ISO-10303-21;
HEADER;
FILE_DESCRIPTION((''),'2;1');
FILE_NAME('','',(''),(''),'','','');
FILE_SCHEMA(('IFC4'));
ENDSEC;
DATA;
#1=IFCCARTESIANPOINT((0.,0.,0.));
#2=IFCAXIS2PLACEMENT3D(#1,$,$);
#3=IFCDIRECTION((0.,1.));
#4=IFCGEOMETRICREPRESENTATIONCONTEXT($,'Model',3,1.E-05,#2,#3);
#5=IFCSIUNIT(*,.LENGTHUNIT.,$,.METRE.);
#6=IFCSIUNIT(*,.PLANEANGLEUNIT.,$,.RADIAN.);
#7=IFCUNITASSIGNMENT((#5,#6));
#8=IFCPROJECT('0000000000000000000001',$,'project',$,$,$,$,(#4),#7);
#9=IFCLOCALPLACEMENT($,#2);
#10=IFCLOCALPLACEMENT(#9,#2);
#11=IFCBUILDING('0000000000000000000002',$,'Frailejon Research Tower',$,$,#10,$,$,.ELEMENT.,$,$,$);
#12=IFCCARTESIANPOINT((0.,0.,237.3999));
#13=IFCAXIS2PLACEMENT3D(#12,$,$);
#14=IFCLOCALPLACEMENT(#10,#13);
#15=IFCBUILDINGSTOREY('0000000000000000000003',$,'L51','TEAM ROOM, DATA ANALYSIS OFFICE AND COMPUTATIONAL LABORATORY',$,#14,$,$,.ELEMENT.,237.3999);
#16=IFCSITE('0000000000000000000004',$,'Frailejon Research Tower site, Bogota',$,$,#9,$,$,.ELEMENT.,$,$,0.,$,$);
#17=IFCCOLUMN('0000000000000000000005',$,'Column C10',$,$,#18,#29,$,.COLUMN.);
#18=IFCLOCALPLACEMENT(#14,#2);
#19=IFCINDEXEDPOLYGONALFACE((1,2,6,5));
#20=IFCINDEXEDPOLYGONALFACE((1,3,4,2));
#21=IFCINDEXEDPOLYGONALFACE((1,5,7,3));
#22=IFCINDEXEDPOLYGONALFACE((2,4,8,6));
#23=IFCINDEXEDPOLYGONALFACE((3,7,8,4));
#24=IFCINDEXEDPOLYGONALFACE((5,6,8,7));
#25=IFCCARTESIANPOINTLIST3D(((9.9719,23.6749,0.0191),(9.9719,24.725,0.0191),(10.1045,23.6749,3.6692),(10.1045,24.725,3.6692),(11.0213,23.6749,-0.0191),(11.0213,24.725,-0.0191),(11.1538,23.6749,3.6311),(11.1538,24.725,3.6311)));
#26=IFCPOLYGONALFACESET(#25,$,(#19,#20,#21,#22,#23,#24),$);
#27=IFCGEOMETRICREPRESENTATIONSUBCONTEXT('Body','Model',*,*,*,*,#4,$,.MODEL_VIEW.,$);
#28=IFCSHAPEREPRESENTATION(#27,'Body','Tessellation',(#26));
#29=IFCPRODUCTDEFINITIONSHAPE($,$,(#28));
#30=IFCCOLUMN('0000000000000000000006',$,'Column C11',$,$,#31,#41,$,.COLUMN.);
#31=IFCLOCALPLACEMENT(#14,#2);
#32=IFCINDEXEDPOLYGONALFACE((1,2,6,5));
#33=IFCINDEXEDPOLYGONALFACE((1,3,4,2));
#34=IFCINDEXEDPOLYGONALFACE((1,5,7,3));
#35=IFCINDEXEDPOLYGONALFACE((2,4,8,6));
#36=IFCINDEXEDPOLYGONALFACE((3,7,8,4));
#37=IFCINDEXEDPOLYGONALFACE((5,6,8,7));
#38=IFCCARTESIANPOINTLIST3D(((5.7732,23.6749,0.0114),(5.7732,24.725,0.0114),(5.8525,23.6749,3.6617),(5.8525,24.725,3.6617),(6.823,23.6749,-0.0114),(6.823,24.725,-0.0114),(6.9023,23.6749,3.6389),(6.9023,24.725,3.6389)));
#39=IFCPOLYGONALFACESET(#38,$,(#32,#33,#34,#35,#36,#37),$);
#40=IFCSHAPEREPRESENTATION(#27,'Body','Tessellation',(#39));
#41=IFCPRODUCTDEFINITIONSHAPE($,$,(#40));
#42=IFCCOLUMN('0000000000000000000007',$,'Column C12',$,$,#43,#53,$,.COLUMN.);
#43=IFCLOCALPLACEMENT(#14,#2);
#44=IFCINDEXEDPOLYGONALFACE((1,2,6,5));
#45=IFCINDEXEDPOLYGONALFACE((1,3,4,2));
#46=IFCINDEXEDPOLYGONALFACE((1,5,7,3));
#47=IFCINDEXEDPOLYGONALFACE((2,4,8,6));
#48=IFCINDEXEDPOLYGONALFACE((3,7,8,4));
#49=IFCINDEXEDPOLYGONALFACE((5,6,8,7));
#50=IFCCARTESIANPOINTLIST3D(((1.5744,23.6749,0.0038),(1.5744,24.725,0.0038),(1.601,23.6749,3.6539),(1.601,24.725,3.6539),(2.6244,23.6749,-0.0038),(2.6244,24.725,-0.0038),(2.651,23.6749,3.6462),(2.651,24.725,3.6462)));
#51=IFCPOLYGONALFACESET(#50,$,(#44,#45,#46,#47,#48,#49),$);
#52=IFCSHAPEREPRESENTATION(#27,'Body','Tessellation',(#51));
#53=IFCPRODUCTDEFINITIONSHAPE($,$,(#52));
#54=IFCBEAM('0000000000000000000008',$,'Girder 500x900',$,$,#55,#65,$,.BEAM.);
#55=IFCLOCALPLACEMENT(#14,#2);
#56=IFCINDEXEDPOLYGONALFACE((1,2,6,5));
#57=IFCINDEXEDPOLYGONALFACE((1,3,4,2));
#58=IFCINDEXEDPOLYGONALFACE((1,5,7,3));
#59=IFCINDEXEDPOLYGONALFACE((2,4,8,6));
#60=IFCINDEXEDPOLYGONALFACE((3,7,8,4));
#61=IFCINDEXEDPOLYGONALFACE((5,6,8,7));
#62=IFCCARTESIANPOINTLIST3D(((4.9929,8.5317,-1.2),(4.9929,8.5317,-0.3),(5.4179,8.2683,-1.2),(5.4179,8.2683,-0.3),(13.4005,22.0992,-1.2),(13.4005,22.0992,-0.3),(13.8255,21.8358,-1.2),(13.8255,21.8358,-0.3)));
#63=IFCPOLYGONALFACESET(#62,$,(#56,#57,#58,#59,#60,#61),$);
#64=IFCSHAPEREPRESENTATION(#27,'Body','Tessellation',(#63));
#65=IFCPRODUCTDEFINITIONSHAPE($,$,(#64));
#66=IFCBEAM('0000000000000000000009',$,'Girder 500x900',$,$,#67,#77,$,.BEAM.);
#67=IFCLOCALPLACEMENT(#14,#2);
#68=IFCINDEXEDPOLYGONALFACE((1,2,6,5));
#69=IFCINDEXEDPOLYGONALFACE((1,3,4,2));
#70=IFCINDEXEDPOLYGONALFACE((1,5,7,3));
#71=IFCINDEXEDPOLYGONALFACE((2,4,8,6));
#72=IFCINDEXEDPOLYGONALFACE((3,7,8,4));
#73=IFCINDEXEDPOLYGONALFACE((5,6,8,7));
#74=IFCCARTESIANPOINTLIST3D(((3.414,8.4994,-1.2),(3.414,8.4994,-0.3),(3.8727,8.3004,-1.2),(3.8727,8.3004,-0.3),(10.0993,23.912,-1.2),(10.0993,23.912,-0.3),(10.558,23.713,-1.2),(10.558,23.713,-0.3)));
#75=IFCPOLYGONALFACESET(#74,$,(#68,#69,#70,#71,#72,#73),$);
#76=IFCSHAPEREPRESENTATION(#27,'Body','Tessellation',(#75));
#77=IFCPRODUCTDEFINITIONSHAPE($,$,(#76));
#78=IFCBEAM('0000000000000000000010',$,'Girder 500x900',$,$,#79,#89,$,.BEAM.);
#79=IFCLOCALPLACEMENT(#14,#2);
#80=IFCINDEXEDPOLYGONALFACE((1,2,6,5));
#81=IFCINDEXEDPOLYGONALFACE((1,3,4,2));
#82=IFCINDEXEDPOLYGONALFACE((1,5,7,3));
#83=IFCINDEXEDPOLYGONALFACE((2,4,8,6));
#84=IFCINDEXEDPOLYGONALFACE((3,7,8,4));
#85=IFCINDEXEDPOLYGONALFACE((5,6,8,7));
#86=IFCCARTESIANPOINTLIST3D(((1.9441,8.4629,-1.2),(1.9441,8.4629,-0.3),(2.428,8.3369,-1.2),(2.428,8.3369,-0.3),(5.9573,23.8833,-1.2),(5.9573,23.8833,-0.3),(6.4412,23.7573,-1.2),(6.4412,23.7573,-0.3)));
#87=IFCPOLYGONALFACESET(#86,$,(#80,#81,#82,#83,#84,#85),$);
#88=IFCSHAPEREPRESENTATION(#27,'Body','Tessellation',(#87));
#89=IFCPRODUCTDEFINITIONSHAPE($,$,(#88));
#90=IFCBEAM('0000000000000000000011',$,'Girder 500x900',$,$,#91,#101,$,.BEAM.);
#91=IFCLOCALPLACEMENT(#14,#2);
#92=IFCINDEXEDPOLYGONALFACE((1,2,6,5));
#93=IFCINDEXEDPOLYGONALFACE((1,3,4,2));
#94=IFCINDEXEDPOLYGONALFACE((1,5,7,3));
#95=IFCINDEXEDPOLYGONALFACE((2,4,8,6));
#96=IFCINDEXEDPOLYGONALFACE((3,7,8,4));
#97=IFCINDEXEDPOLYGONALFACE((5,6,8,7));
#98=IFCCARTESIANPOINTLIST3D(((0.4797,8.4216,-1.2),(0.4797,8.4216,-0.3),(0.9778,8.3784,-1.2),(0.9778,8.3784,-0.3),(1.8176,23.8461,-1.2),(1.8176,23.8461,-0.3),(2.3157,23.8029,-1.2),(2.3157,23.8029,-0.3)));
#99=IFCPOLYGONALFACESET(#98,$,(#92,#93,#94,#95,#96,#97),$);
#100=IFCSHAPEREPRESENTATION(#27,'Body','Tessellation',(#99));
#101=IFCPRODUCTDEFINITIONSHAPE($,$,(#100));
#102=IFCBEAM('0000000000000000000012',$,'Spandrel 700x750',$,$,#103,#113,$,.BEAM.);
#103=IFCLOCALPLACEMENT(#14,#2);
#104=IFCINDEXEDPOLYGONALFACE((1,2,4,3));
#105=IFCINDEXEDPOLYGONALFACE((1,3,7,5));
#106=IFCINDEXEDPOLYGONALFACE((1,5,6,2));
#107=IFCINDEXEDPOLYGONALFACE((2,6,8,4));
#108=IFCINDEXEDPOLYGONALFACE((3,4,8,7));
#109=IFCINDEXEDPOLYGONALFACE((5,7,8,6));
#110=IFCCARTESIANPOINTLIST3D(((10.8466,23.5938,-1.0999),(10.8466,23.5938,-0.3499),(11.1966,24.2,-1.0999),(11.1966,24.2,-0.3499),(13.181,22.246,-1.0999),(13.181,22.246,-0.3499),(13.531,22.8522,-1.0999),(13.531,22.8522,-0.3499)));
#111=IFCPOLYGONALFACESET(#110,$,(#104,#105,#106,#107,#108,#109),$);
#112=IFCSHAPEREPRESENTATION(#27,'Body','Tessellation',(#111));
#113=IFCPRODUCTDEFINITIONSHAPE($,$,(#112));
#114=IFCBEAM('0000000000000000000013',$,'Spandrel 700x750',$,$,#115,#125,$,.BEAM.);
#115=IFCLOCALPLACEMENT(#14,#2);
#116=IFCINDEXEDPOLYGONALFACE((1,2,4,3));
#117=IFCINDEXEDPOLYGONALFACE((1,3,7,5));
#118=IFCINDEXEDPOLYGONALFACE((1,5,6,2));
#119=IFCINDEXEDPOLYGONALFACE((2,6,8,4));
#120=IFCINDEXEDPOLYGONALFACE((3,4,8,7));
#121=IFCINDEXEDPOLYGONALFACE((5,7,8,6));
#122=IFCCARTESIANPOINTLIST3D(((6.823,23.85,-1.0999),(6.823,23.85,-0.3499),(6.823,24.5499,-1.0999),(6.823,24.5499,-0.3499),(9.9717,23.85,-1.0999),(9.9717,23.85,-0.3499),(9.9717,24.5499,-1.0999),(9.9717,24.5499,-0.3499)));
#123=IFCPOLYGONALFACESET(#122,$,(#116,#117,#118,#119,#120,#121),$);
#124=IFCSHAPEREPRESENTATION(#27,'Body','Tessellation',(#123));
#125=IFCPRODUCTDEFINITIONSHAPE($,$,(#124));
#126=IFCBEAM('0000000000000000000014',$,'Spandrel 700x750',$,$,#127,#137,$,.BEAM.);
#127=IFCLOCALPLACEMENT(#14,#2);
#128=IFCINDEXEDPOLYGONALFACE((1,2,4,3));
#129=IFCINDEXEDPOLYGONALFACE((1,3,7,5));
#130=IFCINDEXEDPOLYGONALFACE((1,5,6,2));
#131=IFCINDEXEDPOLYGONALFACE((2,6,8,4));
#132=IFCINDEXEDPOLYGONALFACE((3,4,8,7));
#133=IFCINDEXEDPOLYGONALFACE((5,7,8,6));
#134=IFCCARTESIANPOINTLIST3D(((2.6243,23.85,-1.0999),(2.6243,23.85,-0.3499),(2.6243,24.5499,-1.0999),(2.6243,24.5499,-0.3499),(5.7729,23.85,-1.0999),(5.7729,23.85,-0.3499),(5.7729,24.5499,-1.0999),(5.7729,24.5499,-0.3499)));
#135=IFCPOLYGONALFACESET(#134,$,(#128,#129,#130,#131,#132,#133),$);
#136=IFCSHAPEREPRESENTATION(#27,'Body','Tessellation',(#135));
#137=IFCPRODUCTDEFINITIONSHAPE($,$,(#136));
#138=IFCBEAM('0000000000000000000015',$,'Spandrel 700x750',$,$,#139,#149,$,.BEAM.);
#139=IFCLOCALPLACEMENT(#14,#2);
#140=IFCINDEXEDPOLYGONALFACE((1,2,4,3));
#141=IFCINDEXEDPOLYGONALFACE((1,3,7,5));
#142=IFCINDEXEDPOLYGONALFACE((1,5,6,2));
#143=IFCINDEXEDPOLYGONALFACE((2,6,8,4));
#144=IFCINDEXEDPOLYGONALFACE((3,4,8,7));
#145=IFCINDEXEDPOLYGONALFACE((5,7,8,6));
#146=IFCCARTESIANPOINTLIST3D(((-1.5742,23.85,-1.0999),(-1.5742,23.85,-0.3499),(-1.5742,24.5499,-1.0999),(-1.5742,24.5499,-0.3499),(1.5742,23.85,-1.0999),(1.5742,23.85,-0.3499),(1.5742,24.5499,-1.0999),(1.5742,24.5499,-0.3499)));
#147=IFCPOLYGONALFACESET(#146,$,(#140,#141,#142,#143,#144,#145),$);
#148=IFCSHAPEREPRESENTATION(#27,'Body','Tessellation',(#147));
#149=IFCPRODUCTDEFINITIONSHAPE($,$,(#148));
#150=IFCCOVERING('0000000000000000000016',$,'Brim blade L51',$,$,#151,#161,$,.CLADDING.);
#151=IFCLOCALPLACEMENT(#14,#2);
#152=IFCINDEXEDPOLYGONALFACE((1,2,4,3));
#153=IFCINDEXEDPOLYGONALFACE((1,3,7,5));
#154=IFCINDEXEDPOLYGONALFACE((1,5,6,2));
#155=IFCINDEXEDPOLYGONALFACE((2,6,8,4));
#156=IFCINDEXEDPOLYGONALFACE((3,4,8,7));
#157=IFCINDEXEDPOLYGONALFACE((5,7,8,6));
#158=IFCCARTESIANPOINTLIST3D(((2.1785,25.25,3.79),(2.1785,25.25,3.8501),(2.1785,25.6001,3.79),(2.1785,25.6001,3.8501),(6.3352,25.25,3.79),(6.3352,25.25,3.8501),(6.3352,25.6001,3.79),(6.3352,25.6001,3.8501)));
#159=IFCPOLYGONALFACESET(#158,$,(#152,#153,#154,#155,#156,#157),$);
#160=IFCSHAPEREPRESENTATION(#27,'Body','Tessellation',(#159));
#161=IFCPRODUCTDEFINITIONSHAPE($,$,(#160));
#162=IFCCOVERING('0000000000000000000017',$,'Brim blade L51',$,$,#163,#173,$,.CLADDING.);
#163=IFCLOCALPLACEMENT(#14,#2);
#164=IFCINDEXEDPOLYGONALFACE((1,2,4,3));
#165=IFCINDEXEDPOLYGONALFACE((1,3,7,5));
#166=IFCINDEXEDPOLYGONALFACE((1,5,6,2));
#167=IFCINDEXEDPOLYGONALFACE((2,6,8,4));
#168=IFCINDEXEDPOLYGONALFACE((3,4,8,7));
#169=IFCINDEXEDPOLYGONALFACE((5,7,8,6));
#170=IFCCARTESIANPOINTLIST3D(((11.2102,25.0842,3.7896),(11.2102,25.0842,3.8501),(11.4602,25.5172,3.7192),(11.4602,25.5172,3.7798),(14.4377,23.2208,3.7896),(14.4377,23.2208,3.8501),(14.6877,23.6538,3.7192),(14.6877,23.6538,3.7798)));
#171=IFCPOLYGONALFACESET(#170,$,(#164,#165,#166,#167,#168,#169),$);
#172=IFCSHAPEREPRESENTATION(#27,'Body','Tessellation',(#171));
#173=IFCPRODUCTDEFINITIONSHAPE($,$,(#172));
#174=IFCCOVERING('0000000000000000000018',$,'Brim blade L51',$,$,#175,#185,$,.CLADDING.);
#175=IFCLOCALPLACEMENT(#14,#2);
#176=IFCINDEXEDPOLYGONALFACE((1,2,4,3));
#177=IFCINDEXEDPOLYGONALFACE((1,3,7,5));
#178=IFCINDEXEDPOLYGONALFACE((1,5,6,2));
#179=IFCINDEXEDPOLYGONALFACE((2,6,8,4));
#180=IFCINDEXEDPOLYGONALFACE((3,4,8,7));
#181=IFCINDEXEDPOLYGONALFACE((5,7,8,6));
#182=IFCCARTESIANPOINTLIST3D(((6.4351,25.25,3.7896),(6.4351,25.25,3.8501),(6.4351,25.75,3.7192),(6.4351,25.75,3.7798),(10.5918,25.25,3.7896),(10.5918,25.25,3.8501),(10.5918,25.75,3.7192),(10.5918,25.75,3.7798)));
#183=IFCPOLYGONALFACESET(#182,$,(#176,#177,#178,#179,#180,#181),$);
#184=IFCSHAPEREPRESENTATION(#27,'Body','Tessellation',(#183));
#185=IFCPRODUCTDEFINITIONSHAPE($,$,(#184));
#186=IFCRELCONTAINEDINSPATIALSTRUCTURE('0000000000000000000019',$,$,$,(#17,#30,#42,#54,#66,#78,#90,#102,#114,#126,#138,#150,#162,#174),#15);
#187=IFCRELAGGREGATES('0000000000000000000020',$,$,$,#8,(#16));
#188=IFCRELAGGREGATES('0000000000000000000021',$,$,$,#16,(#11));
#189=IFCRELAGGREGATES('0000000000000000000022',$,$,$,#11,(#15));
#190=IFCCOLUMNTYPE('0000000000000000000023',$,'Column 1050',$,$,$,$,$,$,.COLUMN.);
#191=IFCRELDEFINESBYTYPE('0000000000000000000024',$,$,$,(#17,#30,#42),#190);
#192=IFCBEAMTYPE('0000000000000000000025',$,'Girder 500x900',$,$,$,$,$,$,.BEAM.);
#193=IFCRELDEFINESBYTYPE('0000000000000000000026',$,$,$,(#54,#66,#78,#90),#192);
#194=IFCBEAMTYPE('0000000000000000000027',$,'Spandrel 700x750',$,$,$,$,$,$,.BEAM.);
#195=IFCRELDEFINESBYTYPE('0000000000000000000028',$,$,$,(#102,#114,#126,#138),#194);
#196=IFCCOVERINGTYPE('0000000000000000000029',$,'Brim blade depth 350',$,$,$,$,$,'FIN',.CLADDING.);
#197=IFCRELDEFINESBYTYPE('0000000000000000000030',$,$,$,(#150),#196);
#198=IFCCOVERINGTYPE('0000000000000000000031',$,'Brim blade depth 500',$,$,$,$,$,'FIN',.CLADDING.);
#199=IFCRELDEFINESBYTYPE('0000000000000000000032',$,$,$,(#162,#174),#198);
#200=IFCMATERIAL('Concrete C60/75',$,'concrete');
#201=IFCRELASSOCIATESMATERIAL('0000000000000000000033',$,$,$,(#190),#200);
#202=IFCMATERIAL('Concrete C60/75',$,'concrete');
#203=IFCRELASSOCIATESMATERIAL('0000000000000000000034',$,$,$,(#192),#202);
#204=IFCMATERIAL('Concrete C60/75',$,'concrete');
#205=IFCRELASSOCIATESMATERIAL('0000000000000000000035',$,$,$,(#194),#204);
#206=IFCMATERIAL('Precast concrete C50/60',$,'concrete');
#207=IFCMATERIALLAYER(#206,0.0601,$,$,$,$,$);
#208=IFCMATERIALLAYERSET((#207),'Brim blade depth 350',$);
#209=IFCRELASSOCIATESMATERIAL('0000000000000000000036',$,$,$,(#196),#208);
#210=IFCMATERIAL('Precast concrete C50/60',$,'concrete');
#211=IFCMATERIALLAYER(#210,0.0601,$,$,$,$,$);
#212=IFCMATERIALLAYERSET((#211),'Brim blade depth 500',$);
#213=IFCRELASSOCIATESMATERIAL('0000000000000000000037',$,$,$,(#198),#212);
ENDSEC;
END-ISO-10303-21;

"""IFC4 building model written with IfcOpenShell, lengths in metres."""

from ifc_helpers import new_model, si_unit, direction, frame, origin, origin_2d, place, context, subcontext, project, spatial, polyline, rectangle, outline, extrude, material, layer, layer_set, material_profile, profile_set, type_object, element, save


model = new_model("IFC4")

# Units and contexts
model_context = context("Model", 3, precision=1e-05, world=origin(), true_north=direction((0.0, 1.0)))
body_context = subcontext(model_context, "Body", "Model", "MODEL_VIEW")
ifc_project = project(units=[si_unit("LENGTHUNIT", "METRE"), si_unit("PLANEANGLEUNIT", "RADIAN")], contexts=[model_context])

# Site, building, storey
site_placement = place(None, origin())
site = spatial("IfcSite", under=ifc_project, at=site_placement, Name="Frailejon Research Tower site, Bogota", CompositionType="ELEMENT", RefElevation=0.0)
building_placement = place(site_placement, origin())
building = spatial("IfcBuilding", under=site, at=building_placement, Name="Frailejon Research Tower", CompositionType="ELEMENT")
storey_placement = place(building_placement, frame((0.0, 0.0, 237.3999)))
storey = spatial("IfcBuildingStorey", under=building, at=storey_placement, Name="L51", Description="TEAM ROOM, DATA ANALYSIS OFFICE AND COMPUTATIONAL LABORATORY", CompositionType="ELEMENT", Elevation=237.3999)

# Columns
ifc_material_1 = material(Name="Concrete C60/75", Category="concrete")
ifc_material_profile_1 = material_profile(ifc_material_1, rectangle(XDim=1.05, YDim=1.05, at=origin_2d()), Name="Column 1050")
ifc_profile_set_1 = profile_set([ifc_material_profile_1], Name="Concrete C60/75")
column_type = type_object("IfcColumnType", Name="Column 1050", PredefinedType="COLUMN", material=ifc_profile_set_1)
column_1_placement = place(storey_placement, frame((10.4966, 24.2, 0.0), z_axis=(0.036295, 0.0, 0.999341), x_axis=(-0.999341, 0.0, 0.036295)))
element("IfcColumn", 1, at=column_1_placement, inside=storey, type_object=column_type, Name="Column C10", PredefinedType="COLUMN", context=body_context, shape_type="SweptSolid", body=[
    extrude(rectangle(XDim=1.05, YDim=1.05, at=origin_2d()), origin(), (0.0, 0.0, 1.0), 3.6526),
])
column_2_placement = place(storey_placement, frame((6.2981, 24.2, 0.0), z_axis=(0.021733, 0.0, 0.999764), x_axis=(-0.999764, 0.0, 0.021733)))
element("IfcColumn", 2, at=column_2_placement, inside=storey, type_object=column_type, Name="Column C11", PredefinedType="COLUMN", context=body_context, shape_type="SweptSolid", body=[
    extrude(rectangle(XDim=1.05, YDim=1.05, at=origin_2d()), origin(), (0.0, 0.0, 1.0), 3.6511),
])
column_3_placement = place(storey_placement, frame((2.0994, 24.2, 0.0), z_axis=(0.00729, 0.0, 0.999973), x_axis=(-0.999973, 0.0, 0.00729)))
element("IfcColumn", 3, at=column_3_placement, inside=storey, type_object=column_type, Name="Column C12", PredefinedType="COLUMN", context=body_context, shape_type="SweptSolid", body=[
    extrude(rectangle(XDim=1.05, YDim=1.05, at=origin_2d()), origin(), (0.0, 0.0, 1.0), 3.6501),
])

# Beams
ifc_material_2 = material(Name="Concrete C60/75", Category="concrete")
ifc_material_profile_2 = material_profile(ifc_material_2, rectangle(XDim=0.5, YDim=0.8999, at=origin_2d()), Name="Girder 500x900")
ifc_profile_set_2 = profile_set([ifc_material_profile_2], Name="Concrete C60/75")
beam_type_1 = type_object("IfcBeamType", Name="Girder 500x900", PredefinedType="BEAM", material=ifc_profile_set_2)
beam_1_placement = place(storey_placement, frame((13.613, 21.9675, -0.75), z_axis=(-0.526749, -0.850021, 0.0), x_axis=(0.850021, -0.526749, 0.0)))
element("IfcBeam", 4, at=beam_1_placement, inside=storey, type_object=beam_type_1, Name="Girder 500x900", PredefinedType="BEAM", context=body_context, shape_type="SweptSolid", body=[
    extrude(rectangle(XDim=0.5, YDim=0.8999, at=origin_2d()), origin(), (0.0, 0.0, 1.0), 15.9614),
])
beam_2_placement = place(storey_placement, frame((10.3286, 23.8125, -0.75), z_axis=(-0.397934, -0.917414, 0.0), x_axis=(0.917414, -0.397934, 0.0)))
element("IfcBeam", 5, at=beam_2_placement, inside=storey, type_object=beam_type_1, Name="Girder 500x900", PredefinedType="BEAM", context=body_context, shape_type="SweptSolid", body=[
    extrude(rectangle(XDim=0.5, YDim=0.8999, at=origin_2d()), origin(), (0.0, 0.0, 1.0), 16.8),
])
beam_3_placement = place(storey_placement, frame((6.1992, 23.8203, -0.75), z_axis=(-0.251862, -0.967763, 0.0), x_axis=(0.967763, -0.251862, 0.0)))
element("IfcBeam", 6, at=beam_3_placement, inside=storey, type_object=beam_type_1, Name="Girder 500x900", PredefinedType="BEAM", context=body_context, shape_type="SweptSolid", body=[
    extrude(rectangle(XDim=0.5, YDim=0.8999, at=origin_2d()), origin(), (0.0, 0.0, 1.0), 15.9341),
])
beam_4_placement = place(storey_placement, frame((2.0667, 23.8245, -0.75), z_axis=(-0.086413, -0.996259, 0.0), x_axis=(0.996259, -0.086413, 0.0)))
element("IfcBeam", 7, at=beam_4_placement, inside=storey, type_object=beam_type_1, Name="Girder 500x900", PredefinedType="BEAM", context=body_context, shape_type="SweptSolid", body=[
    extrude(rectangle(XDim=0.5, YDim=0.8999, at=origin_2d()), origin(), (0.0, 0.0, 1.0), 15.4824),
])
ifc_material_3 = material(Name="Concrete C60/75", Category="concrete")
ifc_material_profile_3 = material_profile(ifc_material_3, rectangle(XDim=0.7, YDim=0.75, at=origin_2d()), Name="Spandrel 700x750")
ifc_profile_set_3 = profile_set([ifc_material_profile_3], Name="Concrete C60/75")
beam_type_2 = type_object("IfcBeamType", Name="Spandrel 700x750", PredefinedType="BEAM", material=ifc_profile_set_3)
beam_5_placement = place(storey_placement, frame((13.356, 22.5491, -0.7249), z_axis=(-0.866011, 0.500026, 0.0), x_axis=(-0.500026, -0.866011, 0.0)))
element("IfcBeam", 8, at=beam_5_placement, inside=storey, type_object=beam_type_2, Name="Spandrel 700x750", PredefinedType="BEAM", context=body_context, shape_type="SweptSolid", body=[
    extrude(rectangle(XDim=0.7, YDim=0.75, at=origin_2d()), origin(), (0.0, 0.0, 1.0), 2.6956),
])
for number, where, z_axis, x_axis, name in (
    (9, (9.9717, 24.2, -0.7249), (-1.0, 0.0, 0.0), (0.0, -1.0, 0.0), "Spandrel 700x750"),
    (10, (5.7729, 24.2, -0.7249), (-1.0, 0.0, 0.0), (0.0, -1.0, 0.0), "Spandrel 700x750"),
):
    element("IfcBeam", number, at=place(storey_placement, frame(where, z_axis=z_axis, x_axis=x_axis)), inside=storey, type_object=beam_type_2, Name=name, PredefinedType="BEAM", context=body_context, shape_type="SweptSolid", body=[
        extrude(rectangle(XDim=0.7, YDim=0.75, at=origin_2d()), origin(), (0.0, 0.0, 1.0), 3.1487),
    ])
beam_6_placement = place(storey_placement, frame((1.5742, 24.2, -0.7249), z_axis=(-1.0, 0.0, 0.0), x_axis=(0.0, -1.0, 0.0)))
element("IfcBeam", 11, at=beam_6_placement, inside=storey, type_object=beam_type_2, Name="Spandrel 700x750", PredefinedType="BEAM", context=body_context, shape_type="SweptSolid", body=[
    extrude(rectangle(XDim=0.7, YDim=0.75, at=origin_2d()), origin(), (0.0, 0.0, 1.0), 3.1484),
])

# Coverings
ifc_material_4 = material(Name="Precast concrete C50/60", Category="concrete")
ifc_layer_1 = layer(ifc_material_4, 0.0601)
ifc_layer_set_1 = layer_set([ifc_layer_1], Name="Brim blade depth 350")
covering_type_1 = type_object("IfcCoveringType", Name="Brim blade depth 350", ElementType="FIN", PredefinedType="CLADDING", material=ifc_layer_set_1)
covering_1_placement = place(storey_placement, frame((2.1785, 25.25, 3.8501), z_axis=(1.0, 0.0, 0.0), x_axis=(0.0, 1.0, 0.0)))
element("IfcCovering", 12, at=covering_1_placement, inside=storey, type_object=covering_type_1, Name="Brim blade L51", PredefinedType="CLADDING", context=body_context, shape_type="SweptSolid", body=[
    extrude(outline(polyline([(0.0, -0.0601), (0.3501, -0.0601), (0.3501, 0.0), (0.0, 0.0), (0.0, -0.0601)])), origin(), (0.0, 0.0, 1.0), 4.1567),
])
ifc_material_5 = material(Name="Precast concrete C50/60", Category="concrete")
ifc_layer_2 = layer(ifc_material_5, 0.0601)
ifc_layer_set_2 = layer_set([ifc_layer_2], Name="Brim blade depth 500")
covering_type_2 = type_object("IfcCoveringType", Name="Brim blade depth 500", ElementType="FIN", PredefinedType="CLADDING", material=ifc_layer_set_2)
covering_2_placement = place(storey_placement, frame((11.2102, 25.0842, 3.8501), z_axis=(0.866018, -0.500012, 0.0), x_axis=(0.500012, 0.866018, 0.0)))
element("IfcCovering", 13, at=covering_2_placement, inside=storey, type_object=covering_type_2, Name="Brim blade L51", PredefinedType="CLADDING", context=body_context, shape_type="SweptSolid", body=[
    extrude(outline(polyline([(0.0, -0.0605), (0.5, -0.1309), (0.5, -0.0703), (0.0, 0.0), (0.0, -0.0605)])), origin(), (0.0, 0.0, 1.0), 3.7268),
])
covering_3_placement = place(storey_placement, frame((6.4351, 25.25, 3.8501), z_axis=(1.0, 0.0, 0.0), x_axis=(0.0, 1.0, 0.0)))
element("IfcCovering", 14, at=covering_3_placement, inside=storey, type_object=covering_type_2, Name="Brim blade L51", PredefinedType="CLADDING", context=body_context, shape_type="SweptSolid", body=[
    extrude(outline(polyline([(0.0, -0.0605), (0.5, -0.1309), (0.5, -0.0703), (0.0, 0.0), (0.0, -0.0605)])), origin(), (0.0, 0.0, 1.0), 4.1567),
])

save(model, "model.ifc")
